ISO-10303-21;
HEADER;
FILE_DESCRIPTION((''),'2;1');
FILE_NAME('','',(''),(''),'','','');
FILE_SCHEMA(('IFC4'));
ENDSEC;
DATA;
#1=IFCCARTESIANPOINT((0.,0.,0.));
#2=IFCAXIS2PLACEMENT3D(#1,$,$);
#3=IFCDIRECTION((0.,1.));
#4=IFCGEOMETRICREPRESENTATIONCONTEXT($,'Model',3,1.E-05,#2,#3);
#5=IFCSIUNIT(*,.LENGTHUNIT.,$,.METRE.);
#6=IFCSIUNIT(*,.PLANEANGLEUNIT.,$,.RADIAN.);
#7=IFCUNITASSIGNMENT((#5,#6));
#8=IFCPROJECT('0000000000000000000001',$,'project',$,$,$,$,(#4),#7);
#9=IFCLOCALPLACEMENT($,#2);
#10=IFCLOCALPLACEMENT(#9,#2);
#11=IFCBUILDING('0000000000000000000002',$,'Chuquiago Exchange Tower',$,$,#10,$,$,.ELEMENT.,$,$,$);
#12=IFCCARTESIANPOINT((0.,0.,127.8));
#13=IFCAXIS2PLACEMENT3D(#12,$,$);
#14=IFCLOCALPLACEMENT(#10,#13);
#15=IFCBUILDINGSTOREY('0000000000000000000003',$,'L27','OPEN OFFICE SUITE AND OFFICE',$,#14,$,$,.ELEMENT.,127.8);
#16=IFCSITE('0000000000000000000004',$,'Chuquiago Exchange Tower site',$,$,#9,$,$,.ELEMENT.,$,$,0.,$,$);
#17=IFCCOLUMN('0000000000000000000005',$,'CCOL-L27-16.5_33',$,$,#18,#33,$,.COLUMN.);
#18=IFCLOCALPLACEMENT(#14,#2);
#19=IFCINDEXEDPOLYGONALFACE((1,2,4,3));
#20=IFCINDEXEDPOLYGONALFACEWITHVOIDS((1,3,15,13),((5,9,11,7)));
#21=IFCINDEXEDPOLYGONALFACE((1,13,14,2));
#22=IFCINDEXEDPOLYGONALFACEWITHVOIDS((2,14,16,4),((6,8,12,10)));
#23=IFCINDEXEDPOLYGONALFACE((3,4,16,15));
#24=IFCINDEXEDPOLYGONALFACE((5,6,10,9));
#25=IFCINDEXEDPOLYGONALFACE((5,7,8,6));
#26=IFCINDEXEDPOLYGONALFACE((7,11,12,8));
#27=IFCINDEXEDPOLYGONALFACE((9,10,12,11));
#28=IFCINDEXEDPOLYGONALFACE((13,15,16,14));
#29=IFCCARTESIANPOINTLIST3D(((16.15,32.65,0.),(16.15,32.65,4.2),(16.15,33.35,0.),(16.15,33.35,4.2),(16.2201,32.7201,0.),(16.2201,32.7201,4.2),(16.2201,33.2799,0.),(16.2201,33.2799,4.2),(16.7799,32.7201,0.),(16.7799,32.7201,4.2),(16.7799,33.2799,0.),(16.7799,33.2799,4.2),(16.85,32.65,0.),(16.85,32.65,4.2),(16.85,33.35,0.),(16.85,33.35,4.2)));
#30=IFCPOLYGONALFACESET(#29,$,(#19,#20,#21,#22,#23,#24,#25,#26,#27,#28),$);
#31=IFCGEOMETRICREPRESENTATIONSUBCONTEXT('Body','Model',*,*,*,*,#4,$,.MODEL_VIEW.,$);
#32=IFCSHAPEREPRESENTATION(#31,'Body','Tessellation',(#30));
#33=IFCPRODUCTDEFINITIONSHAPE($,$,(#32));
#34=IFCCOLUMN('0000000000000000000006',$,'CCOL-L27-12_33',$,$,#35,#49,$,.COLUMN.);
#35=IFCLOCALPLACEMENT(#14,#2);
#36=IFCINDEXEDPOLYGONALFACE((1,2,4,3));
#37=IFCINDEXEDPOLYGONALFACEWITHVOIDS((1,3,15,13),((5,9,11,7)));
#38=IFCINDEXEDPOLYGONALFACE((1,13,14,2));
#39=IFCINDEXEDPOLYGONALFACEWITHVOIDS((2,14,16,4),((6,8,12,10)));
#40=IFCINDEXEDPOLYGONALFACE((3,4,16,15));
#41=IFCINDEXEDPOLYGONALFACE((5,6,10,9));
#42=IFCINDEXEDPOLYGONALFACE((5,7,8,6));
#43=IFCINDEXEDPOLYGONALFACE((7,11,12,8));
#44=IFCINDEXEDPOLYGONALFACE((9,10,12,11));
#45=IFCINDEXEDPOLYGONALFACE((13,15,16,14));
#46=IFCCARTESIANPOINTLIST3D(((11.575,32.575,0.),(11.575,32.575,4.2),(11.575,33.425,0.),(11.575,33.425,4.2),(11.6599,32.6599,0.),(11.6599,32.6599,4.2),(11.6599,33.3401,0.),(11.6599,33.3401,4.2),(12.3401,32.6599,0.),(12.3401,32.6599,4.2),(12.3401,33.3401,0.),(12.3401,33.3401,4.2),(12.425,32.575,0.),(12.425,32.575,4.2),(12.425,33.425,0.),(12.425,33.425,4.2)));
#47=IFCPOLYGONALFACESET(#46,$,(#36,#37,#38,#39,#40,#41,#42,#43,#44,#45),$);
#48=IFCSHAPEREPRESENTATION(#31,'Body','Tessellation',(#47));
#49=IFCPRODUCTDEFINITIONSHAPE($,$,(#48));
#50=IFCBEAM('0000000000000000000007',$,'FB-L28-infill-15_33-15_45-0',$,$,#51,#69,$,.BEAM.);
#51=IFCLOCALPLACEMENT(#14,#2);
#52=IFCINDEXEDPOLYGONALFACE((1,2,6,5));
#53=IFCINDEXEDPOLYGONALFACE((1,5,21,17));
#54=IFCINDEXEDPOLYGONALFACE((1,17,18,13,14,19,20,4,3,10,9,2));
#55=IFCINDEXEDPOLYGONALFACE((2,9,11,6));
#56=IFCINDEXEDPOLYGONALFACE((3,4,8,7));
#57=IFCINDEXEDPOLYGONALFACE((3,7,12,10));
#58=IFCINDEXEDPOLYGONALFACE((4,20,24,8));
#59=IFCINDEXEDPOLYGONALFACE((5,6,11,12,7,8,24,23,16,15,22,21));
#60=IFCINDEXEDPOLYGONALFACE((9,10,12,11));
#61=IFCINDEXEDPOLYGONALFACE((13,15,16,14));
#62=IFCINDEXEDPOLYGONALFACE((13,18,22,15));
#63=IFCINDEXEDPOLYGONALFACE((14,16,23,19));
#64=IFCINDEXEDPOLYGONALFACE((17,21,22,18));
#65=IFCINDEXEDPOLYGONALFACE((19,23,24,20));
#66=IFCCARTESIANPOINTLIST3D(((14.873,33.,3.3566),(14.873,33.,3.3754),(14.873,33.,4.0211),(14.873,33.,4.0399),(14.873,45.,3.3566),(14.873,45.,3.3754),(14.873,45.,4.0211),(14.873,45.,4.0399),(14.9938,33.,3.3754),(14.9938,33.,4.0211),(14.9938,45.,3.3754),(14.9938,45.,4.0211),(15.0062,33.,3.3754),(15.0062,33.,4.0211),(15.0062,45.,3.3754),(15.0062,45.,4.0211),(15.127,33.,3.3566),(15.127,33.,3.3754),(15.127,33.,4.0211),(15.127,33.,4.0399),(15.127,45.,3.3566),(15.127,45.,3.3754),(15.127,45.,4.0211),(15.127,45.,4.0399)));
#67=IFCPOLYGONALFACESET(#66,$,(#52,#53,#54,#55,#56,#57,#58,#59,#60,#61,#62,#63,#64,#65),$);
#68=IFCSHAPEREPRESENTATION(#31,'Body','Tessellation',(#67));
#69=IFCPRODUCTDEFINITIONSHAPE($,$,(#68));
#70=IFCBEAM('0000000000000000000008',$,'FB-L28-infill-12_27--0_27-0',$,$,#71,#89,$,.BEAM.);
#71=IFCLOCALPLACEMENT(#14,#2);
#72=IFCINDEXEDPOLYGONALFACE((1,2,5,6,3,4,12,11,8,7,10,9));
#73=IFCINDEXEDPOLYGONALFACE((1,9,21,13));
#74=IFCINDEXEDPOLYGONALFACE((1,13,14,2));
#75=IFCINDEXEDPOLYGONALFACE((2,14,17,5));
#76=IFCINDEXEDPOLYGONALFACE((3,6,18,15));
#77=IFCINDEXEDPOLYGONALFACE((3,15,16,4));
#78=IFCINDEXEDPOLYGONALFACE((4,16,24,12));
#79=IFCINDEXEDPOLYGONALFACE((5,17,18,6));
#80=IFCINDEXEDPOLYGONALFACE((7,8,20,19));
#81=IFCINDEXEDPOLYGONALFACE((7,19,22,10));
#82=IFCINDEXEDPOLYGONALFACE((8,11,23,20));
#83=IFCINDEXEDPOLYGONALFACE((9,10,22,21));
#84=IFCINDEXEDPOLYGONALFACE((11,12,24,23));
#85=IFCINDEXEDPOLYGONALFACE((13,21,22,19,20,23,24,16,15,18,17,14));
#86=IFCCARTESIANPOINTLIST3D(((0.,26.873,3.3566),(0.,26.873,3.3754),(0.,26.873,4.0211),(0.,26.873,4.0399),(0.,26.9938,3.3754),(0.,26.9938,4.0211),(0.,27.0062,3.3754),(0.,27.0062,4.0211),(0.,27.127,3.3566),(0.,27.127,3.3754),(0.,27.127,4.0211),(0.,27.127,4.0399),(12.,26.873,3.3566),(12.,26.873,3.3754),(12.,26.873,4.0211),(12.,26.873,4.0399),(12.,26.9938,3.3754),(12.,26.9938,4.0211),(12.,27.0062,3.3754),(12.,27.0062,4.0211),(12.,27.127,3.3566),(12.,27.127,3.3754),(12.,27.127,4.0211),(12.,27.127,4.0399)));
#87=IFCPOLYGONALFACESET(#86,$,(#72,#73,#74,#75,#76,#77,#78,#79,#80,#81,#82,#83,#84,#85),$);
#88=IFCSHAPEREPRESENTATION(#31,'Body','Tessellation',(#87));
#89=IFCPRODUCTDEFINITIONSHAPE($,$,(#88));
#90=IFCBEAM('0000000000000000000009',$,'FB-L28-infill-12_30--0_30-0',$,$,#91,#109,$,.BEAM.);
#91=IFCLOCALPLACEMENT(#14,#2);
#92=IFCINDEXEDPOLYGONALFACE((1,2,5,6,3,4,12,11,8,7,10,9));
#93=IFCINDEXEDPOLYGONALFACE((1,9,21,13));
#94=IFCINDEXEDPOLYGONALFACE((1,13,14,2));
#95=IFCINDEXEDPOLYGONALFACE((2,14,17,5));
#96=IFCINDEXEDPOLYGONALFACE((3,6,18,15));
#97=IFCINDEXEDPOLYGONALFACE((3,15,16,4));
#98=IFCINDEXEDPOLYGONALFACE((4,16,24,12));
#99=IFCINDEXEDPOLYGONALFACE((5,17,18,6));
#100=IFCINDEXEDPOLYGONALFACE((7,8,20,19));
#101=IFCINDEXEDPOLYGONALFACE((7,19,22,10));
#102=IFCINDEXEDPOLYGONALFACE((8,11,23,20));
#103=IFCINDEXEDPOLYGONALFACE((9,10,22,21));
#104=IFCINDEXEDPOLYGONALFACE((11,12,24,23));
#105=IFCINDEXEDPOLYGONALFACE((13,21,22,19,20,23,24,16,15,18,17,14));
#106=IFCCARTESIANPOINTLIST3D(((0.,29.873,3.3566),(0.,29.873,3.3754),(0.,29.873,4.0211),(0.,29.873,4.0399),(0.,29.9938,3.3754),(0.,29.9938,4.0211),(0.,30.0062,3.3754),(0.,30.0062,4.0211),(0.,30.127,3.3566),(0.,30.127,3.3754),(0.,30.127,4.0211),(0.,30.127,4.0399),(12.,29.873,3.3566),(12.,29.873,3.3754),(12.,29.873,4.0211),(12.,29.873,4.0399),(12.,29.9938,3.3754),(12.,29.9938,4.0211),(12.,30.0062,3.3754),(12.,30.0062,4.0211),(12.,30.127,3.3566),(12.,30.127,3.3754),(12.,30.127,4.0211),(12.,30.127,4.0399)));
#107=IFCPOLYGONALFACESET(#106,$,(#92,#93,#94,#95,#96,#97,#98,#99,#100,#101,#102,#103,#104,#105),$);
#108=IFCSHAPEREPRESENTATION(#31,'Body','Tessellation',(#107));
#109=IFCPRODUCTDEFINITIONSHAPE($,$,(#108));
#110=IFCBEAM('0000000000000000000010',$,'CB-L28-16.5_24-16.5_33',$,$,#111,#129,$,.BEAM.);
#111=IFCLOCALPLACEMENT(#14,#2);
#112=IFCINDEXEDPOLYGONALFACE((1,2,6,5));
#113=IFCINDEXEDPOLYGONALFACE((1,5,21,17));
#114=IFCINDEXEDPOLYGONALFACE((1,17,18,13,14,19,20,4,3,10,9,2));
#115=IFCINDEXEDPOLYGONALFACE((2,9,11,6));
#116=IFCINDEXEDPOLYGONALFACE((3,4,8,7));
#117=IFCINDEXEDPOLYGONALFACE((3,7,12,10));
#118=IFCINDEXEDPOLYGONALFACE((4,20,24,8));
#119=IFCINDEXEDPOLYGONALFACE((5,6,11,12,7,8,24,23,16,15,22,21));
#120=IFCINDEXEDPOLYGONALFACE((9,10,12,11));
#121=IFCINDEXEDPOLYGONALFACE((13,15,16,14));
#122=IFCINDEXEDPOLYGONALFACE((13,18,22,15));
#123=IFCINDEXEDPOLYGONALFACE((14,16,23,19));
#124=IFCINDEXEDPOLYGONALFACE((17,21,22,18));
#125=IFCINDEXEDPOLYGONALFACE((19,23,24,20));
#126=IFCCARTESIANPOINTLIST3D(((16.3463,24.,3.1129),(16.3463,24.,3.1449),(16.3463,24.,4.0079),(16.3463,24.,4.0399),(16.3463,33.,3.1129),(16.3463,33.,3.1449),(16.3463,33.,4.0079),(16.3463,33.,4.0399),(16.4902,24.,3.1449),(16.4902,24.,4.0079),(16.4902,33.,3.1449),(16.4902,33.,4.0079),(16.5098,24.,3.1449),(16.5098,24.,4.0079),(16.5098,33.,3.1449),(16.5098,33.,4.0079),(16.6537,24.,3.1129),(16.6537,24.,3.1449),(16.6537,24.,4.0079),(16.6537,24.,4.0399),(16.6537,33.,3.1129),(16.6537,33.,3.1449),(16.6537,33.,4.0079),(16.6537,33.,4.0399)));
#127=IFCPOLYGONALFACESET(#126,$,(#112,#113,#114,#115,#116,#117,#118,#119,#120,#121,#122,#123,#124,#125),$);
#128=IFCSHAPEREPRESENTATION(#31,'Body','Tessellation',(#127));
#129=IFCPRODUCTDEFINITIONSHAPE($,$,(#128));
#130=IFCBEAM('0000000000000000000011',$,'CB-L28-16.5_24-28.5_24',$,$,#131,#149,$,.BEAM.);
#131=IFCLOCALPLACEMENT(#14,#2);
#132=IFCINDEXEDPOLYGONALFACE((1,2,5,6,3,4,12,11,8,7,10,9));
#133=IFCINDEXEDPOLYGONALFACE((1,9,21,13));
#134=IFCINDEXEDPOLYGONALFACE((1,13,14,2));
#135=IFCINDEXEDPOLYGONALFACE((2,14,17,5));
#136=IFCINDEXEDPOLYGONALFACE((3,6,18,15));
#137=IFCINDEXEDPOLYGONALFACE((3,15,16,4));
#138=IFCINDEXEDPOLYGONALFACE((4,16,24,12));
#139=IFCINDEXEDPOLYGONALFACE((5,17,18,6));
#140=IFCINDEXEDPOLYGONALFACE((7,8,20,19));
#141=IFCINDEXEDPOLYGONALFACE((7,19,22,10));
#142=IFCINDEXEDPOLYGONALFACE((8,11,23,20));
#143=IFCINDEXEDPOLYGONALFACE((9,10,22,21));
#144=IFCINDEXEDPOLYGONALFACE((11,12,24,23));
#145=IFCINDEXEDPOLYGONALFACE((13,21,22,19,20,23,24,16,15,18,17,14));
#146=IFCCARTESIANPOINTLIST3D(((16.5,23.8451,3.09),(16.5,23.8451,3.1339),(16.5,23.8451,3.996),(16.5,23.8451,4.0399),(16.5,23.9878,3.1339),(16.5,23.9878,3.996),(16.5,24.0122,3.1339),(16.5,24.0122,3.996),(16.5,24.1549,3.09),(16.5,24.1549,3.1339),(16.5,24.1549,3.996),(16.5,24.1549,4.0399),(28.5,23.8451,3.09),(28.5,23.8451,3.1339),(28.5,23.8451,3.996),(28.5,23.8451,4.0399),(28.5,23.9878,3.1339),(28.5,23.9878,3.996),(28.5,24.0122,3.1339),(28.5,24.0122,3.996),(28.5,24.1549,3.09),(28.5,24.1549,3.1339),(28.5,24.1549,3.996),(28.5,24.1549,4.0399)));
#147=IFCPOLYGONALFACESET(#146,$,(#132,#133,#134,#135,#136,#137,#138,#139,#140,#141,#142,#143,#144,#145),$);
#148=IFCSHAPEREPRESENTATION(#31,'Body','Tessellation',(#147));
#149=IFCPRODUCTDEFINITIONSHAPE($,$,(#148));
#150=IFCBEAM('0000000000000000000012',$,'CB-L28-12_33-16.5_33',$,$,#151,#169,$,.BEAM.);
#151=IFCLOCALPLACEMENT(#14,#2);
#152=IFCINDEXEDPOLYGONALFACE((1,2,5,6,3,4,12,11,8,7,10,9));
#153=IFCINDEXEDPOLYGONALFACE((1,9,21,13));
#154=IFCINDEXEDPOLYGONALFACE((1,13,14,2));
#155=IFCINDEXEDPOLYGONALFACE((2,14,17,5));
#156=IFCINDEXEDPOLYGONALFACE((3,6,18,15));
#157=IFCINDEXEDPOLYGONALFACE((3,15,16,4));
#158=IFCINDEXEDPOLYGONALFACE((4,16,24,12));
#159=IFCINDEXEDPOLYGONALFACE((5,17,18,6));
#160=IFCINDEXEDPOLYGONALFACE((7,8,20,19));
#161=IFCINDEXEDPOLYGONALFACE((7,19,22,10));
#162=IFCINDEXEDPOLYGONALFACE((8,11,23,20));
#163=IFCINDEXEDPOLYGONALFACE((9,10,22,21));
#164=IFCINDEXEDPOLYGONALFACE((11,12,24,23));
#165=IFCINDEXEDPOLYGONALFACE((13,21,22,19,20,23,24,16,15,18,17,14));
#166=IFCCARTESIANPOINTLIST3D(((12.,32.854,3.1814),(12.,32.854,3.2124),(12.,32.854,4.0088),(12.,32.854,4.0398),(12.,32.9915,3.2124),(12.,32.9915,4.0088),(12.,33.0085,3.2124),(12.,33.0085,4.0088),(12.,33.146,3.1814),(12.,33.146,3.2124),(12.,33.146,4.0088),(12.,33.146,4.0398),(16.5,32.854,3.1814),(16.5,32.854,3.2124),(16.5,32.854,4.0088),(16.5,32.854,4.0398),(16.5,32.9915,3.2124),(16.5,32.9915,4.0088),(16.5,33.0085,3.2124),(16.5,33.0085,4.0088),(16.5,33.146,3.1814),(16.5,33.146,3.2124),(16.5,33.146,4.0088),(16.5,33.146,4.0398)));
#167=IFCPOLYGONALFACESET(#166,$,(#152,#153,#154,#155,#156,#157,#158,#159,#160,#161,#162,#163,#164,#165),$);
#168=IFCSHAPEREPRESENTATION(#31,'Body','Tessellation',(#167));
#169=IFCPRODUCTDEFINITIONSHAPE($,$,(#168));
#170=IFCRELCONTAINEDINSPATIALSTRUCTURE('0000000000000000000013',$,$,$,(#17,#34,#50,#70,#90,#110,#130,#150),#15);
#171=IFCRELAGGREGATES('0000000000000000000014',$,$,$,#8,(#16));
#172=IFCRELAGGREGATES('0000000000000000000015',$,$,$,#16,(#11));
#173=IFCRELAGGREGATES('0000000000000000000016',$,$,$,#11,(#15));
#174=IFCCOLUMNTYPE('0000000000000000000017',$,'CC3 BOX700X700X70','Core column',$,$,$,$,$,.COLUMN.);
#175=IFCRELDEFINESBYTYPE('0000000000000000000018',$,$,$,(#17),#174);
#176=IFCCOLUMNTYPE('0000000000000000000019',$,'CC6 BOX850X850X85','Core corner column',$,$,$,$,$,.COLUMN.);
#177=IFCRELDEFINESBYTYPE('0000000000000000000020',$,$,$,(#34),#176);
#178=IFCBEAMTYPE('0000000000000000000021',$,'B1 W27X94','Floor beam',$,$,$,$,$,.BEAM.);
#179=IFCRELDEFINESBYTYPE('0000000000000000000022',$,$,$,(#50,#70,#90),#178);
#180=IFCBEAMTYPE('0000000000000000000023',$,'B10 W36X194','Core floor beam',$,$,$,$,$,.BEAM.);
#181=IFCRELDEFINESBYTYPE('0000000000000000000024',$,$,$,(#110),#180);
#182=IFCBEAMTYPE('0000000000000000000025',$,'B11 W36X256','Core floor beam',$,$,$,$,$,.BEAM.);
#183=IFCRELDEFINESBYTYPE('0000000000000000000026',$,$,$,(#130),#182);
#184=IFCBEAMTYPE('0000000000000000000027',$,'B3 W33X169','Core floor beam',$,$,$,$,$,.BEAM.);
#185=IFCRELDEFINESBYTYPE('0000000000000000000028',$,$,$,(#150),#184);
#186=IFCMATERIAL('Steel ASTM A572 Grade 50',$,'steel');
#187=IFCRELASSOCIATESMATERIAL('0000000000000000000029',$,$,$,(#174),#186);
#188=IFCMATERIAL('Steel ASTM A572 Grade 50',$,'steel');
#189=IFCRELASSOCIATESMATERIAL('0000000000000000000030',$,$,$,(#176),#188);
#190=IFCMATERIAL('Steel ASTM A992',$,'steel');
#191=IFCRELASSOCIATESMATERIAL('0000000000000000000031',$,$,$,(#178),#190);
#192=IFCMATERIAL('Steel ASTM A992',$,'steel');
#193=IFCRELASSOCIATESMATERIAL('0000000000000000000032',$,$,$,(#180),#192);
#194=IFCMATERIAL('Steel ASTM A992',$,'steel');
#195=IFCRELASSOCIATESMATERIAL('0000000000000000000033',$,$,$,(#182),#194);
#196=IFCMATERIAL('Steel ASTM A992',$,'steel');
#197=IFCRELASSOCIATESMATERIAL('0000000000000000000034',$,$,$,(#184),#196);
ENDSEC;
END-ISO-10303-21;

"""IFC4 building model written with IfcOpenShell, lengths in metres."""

from ifc_helpers import new_model, si_unit, direction, frame, origin, origin_2d, place, context, subcontext, project, spatial, hollow_rectangle, i_section, extrude, material, material_profile, profile_set, type_object, element, save


model = new_model("IFC4")

# Units and contexts
model_context = context("Model", 3, precision=1e-05, world=origin(), true_north=direction((0.0, 1.0)))
body_context = subcontext(model_context, "Body", "Model", "MODEL_VIEW")
ifc_project = project(units=[si_unit("LENGTHUNIT", "METRE"), si_unit("PLANEANGLEUNIT", "RADIAN")], contexts=[model_context])

# Site, building, storey
site_placement = place(None, origin())
site = spatial("IfcSite", under=ifc_project, at=site_placement, Name="Chuquiago Exchange Tower site", CompositionType="ELEMENT", RefElevation=0.0)
building_placement = place(site_placement, origin())
building = spatial("IfcBuilding", under=site, at=building_placement, Name="Chuquiago Exchange Tower", CompositionType="ELEMENT")
storey_placement = place(building_placement, frame((0.0, 0.0, 127.8)))
storey = spatial("IfcBuildingStorey", under=building, at=storey_placement, Name="L27", Description="OPEN OFFICE SUITE AND OFFICE", CompositionType="ELEMENT", Elevation=127.8)

# Columns
ifc_material_1 = material(Name="Steel ASTM A572 Grade 50", Category="steel")
ifc_material_profile_1 = material_profile(ifc_material_1, hollow_rectangle(XDim=0.7, YDim=0.7, WallThickness=0.0701, at=origin_2d()), Name="BOX700X700X70")
ifc_profile_set_1 = profile_set([ifc_material_profile_1], Name="Steel ASTM A572 Grade 50")
column_type_1 = type_object("IfcColumnType", Name="CC3 BOX700X700X70", Description="Core column", PredefinedType="COLUMN", material=ifc_profile_set_1)
column_1_placement = place(storey_placement, frame((16.5, 33.0, 0.0), z_axis=(0.0, 0.0, 1.0), x_axis=(1.0, 0.0, 0.0)))
element("IfcColumn", 1, at=column_1_placement, inside=storey, type_object=column_type_1, Name="CCOL-L27-16.5_33", PredefinedType="COLUMN", context=body_context, shape_type="SweptSolid", body=[
    extrude(hollow_rectangle(XDim=0.7, YDim=0.7, WallThickness=0.0701, at=origin_2d()), origin(), (0.0, 0.0, 1.0), 4.2),
])
ifc_material_2 = material(Name="Steel ASTM A572 Grade 50", Category="steel")
ifc_material_profile_2 = material_profile(ifc_material_2, hollow_rectangle(XDim=0.8501, YDim=0.8501, WallThickness=0.085, at=origin_2d()), Name="BOX850X850X85")
ifc_profile_set_2 = profile_set([ifc_material_profile_2], Name="Steel ASTM A572 Grade 50")
column_type_2 = type_object("IfcColumnType", Name="CC6 BOX850X850X85", Description="Core corner column", PredefinedType="COLUMN", material=ifc_profile_set_2)
column_2_placement = place(storey_placement, frame((12.0, 33.0, 0.0), z_axis=(0.0, 0.0, 1.0), x_axis=(1.0, 0.0, 0.0)))
element("IfcColumn", 2, at=column_2_placement, inside=storey, type_object=column_type_2, Name="CCOL-L27-12_33", PredefinedType="COLUMN", context=body_context, shape_type="SweptSolid", body=[
    extrude(hollow_rectangle(XDim=0.8501, YDim=0.8501, WallThickness=0.085, at=origin_2d()), origin(), (0.0, 0.0, 1.0), 4.2),
])

# Beams
ifc_material_3 = material(Name="Steel ASTM A992", Category="steel")
ifc_material_profile_3 = material_profile(ifc_material_3, i_section(OverallWidth=0.2539, OverallDepth=0.6833, WebThickness=0.0125, FlangeThickness=0.0188, at=origin_2d()), Name="W27X94")
ifc_profile_set_3 = profile_set([ifc_material_profile_3], Name="Steel ASTM A992")
beam_type_1 = type_object("IfcBeamType", Name="B1 W27X94", Description="Floor beam", PredefinedType="BEAM", material=ifc_profile_set_3)
for number, where, z_axis, x_axis, name in (
    (3, (15.0, 33.0, 3.6982), (0.0, 1.0, 0.0), (-1.0, 0.0, 0.0), "FB-L28-infill-15_33-15_45-0"),
    (4, (12.0, 27.0, 3.6982), (-1.0, 0.0, 0.0), (0.0, -1.0, 0.0), "FB-L28-infill-12_27--0_27-0"),
    (5, (12.0, 30.0, 3.6982), (-1.0, 0.0, 0.0), (0.0, -1.0, 0.0), "FB-L28-infill-12_30--0_30-0"),
):
    element("IfcBeam", number, at=place(storey_placement, frame(where, z_axis=z_axis, x_axis=x_axis)), inside=storey, type_object=beam_type_1, Name=name, PredefinedType="BEAM", context=body_context, shape_type="SweptSolid", body=[
        extrude(i_section(OverallWidth=0.2539, OverallDepth=0.6833, WebThickness=0.0125, FlangeThickness=0.0188, at=origin_2d()), origin(), (0.0, 0.0, 1.0), 12.0),
    ])
ifc_material_4 = material(Name="Steel ASTM A992", Category="steel")
ifc_material_profile_4 = material_profile(ifc_material_4, i_section(OverallWidth=0.3074, OverallDepth=0.927, WebThickness=0.0195, FlangeThickness=0.032, at=origin_2d()), Name="W36X194")
ifc_profile_set_4 = profile_set([ifc_material_profile_4], Name="Steel ASTM A992")
beam_type_2 = type_object("IfcBeamType", Name="B10 W36X194", Description="Core floor beam", PredefinedType="BEAM", material=ifc_profile_set_4)
beam_1_placement = place(storey_placement, frame((16.5, 24.0, 3.5764), z_axis=(0.0, 1.0, 0.0), x_axis=(-1.0, 0.0, 0.0)))
element("IfcBeam", 6, at=beam_1_placement, inside=storey, type_object=beam_type_2, Name="CB-L28-16.5_24-16.5_33", PredefinedType="BEAM", context=body_context, shape_type="SweptSolid", body=[
    extrude(i_section(OverallWidth=0.3074, OverallDepth=0.927, WebThickness=0.0195, FlangeThickness=0.032, at=origin_2d()), origin(), (0.0, 0.0, 1.0), 9.0),
])
ifc_material_5 = material(Name="Steel ASTM A992", Category="steel")
ifc_material_profile_5 = material_profile(ifc_material_5, i_section(OverallWidth=0.3098, OverallDepth=0.95, WebThickness=0.0244, FlangeThickness=0.0439, at=origin_2d()), Name="W36X256")
ifc_profile_set_5 = profile_set([ifc_material_profile_5], Name="Steel ASTM A992")
beam_type_3 = type_object("IfcBeamType", Name="B11 W36X256", Description="Core floor beam", PredefinedType="BEAM", material=ifc_profile_set_5)
beam_2_placement = place(storey_placement, frame((16.5, 24.0, 3.5649), z_axis=(1.0, 0.0, 0.0), x_axis=(0.0, 1.0, 0.0)))
element("IfcBeam", 7, at=beam_2_placement, inside=storey, type_object=beam_type_3, Name="CB-L28-16.5_24-28.5_24", PredefinedType="BEAM", context=body_context, shape_type="SweptSolid", body=[
    extrude(i_section(OverallWidth=0.3098, OverallDepth=0.95, WebThickness=0.0244, FlangeThickness=0.0439, at=origin_2d()), origin(), (0.0, 0.0, 1.0), 12.0),
])
ifc_material_6 = material(Name="Steel ASTM A992", Category="steel")
ifc_material_profile_6 = material_profile(ifc_material_6, i_section(OverallWidth=0.292, OverallDepth=0.8584, WebThickness=0.0171, FlangeThickness=0.031, at=origin_2d()), Name="W33X169")
ifc_profile_set_6 = profile_set([ifc_material_profile_6], Name="Steel ASTM A992")
beam_type_4 = type_object("IfcBeamType", Name="B3 W33X169", Description="Core floor beam", PredefinedType="BEAM", material=ifc_profile_set_6)
beam_3_placement = place(storey_placement, frame((12.0, 33.0, 3.6106), z_axis=(1.0, 0.0, 0.0), x_axis=(0.0, 1.0, 0.0)))
element("IfcBeam", 8, at=beam_3_placement, inside=storey, type_object=beam_type_4, Name="CB-L28-12_33-16.5_33", PredefinedType="BEAM", context=body_context, shape_type="SweptSolid", body=[
    extrude(i_section(OverallWidth=0.292, OverallDepth=0.8584, WebThickness=0.0171, FlangeThickness=0.031, at=origin_2d()), origin(), (0.0, 0.0, 1.0), 4.5),
])

save(model, "model.ifc")
